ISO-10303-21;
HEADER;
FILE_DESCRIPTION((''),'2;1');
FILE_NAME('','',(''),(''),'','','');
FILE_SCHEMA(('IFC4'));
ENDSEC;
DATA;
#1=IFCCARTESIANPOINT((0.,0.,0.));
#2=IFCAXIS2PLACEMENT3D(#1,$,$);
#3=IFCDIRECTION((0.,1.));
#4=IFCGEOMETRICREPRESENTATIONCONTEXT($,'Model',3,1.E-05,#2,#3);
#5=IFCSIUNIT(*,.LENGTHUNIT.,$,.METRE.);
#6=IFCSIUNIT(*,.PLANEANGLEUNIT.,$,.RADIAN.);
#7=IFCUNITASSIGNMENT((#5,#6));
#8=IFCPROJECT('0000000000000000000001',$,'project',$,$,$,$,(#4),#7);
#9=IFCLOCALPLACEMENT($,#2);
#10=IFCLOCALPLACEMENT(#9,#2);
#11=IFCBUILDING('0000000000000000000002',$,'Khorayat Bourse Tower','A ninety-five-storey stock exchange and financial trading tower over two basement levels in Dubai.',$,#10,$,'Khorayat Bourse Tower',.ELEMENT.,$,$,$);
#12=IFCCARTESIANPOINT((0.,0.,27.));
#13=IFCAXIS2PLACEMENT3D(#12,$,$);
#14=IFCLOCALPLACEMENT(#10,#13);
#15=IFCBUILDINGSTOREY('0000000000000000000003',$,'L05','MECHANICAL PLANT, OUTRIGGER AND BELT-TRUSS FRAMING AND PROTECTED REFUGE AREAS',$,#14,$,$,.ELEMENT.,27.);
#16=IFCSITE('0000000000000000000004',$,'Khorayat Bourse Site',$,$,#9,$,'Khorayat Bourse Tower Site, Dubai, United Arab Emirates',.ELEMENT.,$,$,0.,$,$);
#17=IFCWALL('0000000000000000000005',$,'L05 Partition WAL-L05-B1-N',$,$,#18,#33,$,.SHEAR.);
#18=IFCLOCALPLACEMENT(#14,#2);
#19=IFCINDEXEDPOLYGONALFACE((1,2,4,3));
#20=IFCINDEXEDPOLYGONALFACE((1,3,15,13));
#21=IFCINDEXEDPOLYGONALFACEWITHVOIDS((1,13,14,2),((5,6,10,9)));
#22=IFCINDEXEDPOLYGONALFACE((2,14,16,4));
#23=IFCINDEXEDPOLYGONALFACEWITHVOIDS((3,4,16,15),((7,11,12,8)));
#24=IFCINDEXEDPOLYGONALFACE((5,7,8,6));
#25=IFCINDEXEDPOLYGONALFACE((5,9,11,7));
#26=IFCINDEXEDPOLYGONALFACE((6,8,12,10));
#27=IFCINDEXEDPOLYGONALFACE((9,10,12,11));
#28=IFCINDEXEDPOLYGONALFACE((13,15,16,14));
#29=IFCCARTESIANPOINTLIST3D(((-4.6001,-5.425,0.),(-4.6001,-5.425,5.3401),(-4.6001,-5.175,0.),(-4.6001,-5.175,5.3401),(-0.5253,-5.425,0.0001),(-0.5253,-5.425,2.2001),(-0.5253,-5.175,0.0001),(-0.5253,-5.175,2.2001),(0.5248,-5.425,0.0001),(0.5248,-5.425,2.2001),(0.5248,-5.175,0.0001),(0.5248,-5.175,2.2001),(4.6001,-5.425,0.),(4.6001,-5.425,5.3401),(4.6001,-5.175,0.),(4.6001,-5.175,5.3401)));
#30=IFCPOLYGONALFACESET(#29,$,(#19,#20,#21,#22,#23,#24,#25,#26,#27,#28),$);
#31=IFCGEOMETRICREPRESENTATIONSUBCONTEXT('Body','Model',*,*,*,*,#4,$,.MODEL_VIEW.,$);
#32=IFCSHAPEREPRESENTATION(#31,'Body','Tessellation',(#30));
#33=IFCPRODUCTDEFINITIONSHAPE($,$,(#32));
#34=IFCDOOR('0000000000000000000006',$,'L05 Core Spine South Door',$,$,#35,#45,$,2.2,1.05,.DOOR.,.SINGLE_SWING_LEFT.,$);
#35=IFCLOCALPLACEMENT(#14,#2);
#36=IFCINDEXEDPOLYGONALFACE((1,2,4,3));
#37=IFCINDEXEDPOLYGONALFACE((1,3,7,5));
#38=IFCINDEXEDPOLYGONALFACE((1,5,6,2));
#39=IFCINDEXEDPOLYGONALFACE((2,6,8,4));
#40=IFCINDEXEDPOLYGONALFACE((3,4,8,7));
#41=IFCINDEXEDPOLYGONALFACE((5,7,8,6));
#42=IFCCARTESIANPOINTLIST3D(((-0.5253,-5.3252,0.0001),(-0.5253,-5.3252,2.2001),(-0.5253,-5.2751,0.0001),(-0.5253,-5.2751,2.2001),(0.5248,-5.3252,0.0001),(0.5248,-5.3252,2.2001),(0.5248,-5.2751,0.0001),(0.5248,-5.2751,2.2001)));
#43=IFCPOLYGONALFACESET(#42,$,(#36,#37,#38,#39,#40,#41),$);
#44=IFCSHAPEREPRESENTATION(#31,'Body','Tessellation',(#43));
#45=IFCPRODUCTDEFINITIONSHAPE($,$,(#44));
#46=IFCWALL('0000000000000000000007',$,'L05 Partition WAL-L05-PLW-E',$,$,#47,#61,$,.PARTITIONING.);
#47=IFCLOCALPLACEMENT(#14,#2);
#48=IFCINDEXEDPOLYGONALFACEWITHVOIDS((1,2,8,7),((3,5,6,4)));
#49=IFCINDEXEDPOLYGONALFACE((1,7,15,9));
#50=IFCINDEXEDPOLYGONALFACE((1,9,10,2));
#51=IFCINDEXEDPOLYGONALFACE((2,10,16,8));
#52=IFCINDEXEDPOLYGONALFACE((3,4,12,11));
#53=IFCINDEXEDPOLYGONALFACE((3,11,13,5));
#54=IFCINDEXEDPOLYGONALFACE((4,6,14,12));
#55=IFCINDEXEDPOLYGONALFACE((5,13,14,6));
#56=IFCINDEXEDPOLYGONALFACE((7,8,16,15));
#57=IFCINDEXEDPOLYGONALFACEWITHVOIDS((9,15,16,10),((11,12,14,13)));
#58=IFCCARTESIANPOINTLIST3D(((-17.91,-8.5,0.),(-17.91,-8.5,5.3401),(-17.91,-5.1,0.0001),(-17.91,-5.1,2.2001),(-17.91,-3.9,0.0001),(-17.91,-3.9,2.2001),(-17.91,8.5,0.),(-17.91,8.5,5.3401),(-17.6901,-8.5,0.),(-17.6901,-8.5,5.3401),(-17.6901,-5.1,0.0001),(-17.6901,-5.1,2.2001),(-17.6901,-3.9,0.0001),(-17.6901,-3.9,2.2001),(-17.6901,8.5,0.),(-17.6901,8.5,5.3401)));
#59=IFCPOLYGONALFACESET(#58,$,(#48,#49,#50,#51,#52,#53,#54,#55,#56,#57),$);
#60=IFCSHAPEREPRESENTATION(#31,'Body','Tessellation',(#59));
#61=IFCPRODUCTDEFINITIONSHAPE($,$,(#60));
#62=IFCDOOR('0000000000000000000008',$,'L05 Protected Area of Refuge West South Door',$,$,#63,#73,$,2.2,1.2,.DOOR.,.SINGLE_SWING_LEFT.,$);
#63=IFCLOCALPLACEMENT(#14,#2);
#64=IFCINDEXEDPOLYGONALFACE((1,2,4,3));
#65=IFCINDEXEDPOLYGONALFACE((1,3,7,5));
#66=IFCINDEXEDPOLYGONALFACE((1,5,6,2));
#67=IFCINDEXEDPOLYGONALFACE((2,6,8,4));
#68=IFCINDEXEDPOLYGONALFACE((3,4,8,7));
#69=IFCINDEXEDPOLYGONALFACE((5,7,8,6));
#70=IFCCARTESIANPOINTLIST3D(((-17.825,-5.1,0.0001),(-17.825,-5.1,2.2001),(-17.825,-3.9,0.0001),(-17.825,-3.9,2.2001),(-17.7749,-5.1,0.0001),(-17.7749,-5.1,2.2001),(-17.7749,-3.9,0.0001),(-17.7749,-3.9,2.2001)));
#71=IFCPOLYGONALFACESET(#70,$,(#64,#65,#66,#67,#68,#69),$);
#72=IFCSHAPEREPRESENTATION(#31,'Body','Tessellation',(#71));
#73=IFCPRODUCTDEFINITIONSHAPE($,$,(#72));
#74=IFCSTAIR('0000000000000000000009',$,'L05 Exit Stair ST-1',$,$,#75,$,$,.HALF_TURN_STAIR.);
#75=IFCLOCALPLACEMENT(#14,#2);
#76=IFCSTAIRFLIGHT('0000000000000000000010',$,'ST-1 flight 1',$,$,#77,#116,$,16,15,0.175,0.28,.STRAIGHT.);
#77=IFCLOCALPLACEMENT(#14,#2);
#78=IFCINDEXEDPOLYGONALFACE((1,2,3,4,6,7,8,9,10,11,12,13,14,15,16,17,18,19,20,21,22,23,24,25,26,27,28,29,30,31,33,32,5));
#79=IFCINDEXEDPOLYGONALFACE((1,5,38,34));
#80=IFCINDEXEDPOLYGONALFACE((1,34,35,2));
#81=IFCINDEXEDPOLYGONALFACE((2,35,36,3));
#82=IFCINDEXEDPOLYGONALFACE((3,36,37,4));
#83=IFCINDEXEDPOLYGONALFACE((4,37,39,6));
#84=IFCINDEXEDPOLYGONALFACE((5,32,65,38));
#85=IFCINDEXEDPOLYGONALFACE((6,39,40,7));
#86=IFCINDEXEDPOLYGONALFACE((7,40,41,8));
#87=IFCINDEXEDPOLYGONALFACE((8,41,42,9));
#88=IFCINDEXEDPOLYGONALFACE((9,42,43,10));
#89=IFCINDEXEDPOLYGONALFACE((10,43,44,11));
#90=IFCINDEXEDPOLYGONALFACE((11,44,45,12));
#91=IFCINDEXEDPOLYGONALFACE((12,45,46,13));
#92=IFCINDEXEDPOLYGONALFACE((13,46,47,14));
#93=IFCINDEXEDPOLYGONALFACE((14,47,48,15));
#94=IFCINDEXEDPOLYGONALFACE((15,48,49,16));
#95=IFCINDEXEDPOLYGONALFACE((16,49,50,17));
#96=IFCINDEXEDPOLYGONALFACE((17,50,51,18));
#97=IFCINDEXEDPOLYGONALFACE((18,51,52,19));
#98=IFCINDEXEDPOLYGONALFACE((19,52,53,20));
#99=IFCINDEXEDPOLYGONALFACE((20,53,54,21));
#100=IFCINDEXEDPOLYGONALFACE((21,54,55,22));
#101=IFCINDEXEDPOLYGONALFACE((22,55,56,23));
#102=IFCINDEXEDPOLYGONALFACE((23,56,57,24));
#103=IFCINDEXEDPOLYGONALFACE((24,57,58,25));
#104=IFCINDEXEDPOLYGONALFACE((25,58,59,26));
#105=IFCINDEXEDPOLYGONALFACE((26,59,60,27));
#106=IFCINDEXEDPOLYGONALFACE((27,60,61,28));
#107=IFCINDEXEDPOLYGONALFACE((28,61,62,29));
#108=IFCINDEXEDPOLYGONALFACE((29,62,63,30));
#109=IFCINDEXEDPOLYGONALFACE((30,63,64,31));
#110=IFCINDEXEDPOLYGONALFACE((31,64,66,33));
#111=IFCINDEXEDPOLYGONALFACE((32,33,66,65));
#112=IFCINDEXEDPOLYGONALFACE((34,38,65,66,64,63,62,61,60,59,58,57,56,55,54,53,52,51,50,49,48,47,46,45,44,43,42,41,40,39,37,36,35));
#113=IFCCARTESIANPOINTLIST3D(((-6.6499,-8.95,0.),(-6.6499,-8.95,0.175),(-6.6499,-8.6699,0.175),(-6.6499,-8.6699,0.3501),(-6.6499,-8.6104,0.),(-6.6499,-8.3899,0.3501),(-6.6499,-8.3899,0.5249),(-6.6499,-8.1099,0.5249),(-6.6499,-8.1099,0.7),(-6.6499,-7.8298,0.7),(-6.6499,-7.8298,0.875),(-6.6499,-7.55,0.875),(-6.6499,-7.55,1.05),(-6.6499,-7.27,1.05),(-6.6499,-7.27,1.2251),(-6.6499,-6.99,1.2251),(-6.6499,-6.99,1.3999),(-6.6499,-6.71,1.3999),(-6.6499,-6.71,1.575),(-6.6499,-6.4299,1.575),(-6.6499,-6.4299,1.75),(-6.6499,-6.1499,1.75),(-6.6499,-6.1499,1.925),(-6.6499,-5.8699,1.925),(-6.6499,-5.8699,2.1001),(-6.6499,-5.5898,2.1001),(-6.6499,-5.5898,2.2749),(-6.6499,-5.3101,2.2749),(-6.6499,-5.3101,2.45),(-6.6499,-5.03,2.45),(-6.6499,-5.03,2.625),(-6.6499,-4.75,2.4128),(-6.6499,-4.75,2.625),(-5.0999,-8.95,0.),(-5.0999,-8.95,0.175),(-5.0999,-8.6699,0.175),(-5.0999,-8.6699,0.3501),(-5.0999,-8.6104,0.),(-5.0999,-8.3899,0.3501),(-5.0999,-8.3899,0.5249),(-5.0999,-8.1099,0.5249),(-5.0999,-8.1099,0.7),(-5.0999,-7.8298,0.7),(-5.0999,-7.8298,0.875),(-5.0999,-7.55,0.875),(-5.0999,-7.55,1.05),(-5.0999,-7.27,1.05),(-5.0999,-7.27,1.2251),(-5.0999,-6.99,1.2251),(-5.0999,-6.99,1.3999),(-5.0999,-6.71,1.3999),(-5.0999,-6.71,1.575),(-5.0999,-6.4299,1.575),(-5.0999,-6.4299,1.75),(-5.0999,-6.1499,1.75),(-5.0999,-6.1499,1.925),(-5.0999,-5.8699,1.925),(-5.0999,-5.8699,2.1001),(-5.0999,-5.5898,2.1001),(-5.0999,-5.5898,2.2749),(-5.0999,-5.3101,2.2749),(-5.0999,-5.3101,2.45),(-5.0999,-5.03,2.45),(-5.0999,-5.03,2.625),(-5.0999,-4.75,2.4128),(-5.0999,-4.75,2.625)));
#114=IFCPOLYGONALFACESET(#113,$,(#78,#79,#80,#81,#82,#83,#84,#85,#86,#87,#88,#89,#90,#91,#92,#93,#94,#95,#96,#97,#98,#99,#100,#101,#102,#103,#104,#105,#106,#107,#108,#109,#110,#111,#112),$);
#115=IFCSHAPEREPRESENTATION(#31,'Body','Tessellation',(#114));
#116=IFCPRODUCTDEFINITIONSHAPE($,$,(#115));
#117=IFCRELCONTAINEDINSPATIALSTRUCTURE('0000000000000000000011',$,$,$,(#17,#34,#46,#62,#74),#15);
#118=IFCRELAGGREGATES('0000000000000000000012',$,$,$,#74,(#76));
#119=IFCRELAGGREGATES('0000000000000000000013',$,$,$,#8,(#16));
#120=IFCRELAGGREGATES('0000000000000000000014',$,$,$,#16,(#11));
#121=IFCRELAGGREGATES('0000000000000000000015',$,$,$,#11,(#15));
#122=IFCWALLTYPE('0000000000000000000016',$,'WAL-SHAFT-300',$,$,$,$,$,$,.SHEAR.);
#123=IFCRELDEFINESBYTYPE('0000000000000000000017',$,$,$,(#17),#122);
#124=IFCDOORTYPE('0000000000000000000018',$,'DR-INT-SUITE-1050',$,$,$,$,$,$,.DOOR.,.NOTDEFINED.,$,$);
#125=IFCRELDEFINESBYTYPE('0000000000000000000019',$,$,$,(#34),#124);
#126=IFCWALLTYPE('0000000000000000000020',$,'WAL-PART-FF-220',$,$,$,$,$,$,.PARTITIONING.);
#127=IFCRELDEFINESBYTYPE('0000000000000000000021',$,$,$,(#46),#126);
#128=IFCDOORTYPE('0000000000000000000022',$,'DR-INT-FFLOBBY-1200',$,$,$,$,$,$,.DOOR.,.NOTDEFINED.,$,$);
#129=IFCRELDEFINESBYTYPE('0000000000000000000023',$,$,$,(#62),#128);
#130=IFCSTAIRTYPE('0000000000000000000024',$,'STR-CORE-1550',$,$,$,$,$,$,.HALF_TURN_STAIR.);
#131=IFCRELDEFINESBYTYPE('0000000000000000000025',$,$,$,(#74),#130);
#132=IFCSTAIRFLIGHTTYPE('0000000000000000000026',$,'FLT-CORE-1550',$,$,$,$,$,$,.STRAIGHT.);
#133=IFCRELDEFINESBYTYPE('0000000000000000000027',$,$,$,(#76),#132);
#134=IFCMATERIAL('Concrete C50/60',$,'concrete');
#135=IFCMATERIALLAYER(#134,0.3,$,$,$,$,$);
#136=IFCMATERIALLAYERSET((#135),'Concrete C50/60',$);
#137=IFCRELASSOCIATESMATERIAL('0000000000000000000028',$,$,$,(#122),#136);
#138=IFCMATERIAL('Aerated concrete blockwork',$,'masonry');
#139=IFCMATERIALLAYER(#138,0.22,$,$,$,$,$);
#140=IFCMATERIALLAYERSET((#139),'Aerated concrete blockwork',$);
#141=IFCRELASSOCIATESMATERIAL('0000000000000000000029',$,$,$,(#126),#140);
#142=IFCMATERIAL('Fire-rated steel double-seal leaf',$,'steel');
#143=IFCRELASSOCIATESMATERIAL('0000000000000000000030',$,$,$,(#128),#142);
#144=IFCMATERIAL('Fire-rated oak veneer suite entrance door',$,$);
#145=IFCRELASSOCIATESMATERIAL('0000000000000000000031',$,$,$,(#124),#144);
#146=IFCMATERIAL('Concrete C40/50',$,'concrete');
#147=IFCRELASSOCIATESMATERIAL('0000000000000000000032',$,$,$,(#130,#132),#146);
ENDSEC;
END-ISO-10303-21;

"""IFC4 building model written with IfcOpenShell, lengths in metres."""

from ifc_helpers import new_model, si_unit, direction, frame, frame_2d, origin, place, context, subcontext, project, spatial, polyline, rectangle, outline, extrude, source, transform, mapped, material, layer, layer_set, type_object, element, fill, aggregate, save


model = new_model("IFC4")

# Units and contexts
model_context = context("Model", 3, precision=1e-05, world=origin(), true_north=direction((0.0, 1.0)))
body_context = subcontext(model_context, "Body", "Model", "MODEL_VIEW")
ifc_project = project(units=[si_unit("LENGTHUNIT", "METRE"), si_unit("PLANEANGLEUNIT", "RADIAN")], contexts=[model_context])

# Site, building, storey
site_placement = place(None, origin())
site = spatial("IfcSite", under=ifc_project, at=site_placement, Name="Khorayat Bourse Site", LongName="Khorayat Bourse Tower Site, Dubai, United Arab Emirates", CompositionType="ELEMENT", RefElevation=0.0)
building_placement = place(site_placement, origin())
building = spatial("IfcBuilding", under=site, at=building_placement, Name="Khorayat Bourse Tower", Description="A ninety-five-storey stock exchange and financial trading tower over two basement levels in Dubai.", LongName="Khorayat Bourse Tower", CompositionType="ELEMENT")
storey_placement = place(building_placement, frame((0.0, 0.0, 27.0)))
storey = spatial("IfcBuildingStorey", under=building, at=storey_placement, Name="L05", Description="MECHANICAL PLANT, OUTRIGGER AND BELT-TRUSS FRAMING AND PROTECTED REFUGE AREAS", CompositionType="ELEMENT", Elevation=27.0)

# Shared definitions
ifc_material_1 = material(Name="Concrete C50/60", Category="concrete")
ifc_layer_1 = layer(ifc_material_1, 0.3)
ifc_layer_set_1 = layer_set([ifc_layer_1], Name="Concrete C50/60")
wall_type_1 = type_object("IfcWallType", Name="WAL-SHAFT-300", PredefinedType="SHEAR", material=ifc_layer_set_1)
ifc_material_2 = material(Name="Aerated concrete blockwork", Category="masonry")
ifc_layer_2 = layer(ifc_material_2, 0.22)
ifc_layer_set_2 = layer_set([ifc_layer_2], Name="Aerated concrete blockwork")
wall_type_2 = type_object("IfcWallType", Name="WAL-PART-FF-220", PredefinedType="PARTITIONING", material=ifc_layer_set_2)

# Shared definitions
shared_shape_1 = source(origin(), body_context, "Body", "SweptSolid", [
    extrude(rectangle(XDim=1.2, YDim=2.2, at=frame_2d((0.6001, 1.1001))), frame((0.0, 0.1199, 0.0), z_axis=(0.0, -1.0, 0.0), x_axis=(1.0, 0.0, 0.0)), (0.0, 0.0, 1.0), 0.24),
])
ifc_material_3 = material(Name="Fire-rated steel double-seal leaf", Category="steel")
door_type_1 = type_object("IfcDoorType", Name="DR-INT-FFLOBBY-1200", OperationType="NOTDEFINED", PredefinedType="DOOR", material=ifc_material_3)
shared_shape_2 = source(origin(), body_context, "Body", "SweptSolid", [
    extrude(rectangle(XDim=1.2, YDim=2.2, at=frame_2d((0.6001, 1.1001))), frame((0.0, 0.0249, 0.0), z_axis=(0.0, -1.0, 0.0), x_axis=(1.0, 0.0, 0.0)), (0.0, 0.0, 1.0), 0.05),
])

# Walls, openings, doors
shared_shape_3 = source(origin(), body_context, "Body", "SweptSolid", [
    extrude(rectangle(XDim=9.2002, YDim=0.25, at=frame_2d((4.6001, 0.0))), origin(), (0.0, 0.0, 1.0), 5.3401),
])
wall_1_placement = place(storey_placement, frame((-4.6001, -5.3, 0.0), z_axis=(0.0, 0.0, 1.0), x_axis=(1.0, 0.0, 0.0)))
wall_1 = element("IfcWall", 1, at=wall_1_placement, inside=storey, type_object=wall_type_1, Name="L05 Partition WAL-L05-B1-N", PredefinedType="SHEAR", context=body_context, shape_type="MappedRepresentation", body=[
    mapped(shared_shape_3, transform((0.0, 0.0, 0.0), scale=1.0)),
])
shared_shape_4 = source(origin(), body_context, "Body", "SweptSolid", [
    extrude(rectangle(XDim=1.05, YDim=2.2, at=frame_2d((0.5249, 1.1001))), frame((0.0, 0.135, 0.0), z_axis=(0.0, -1.0, 0.0), x_axis=(1.0, 0.0, 0.0)), (0.0, 0.0, 1.0), 0.27),
])
opening_1_placement = place(wall_1_placement, frame((4.075, 0.0, 0.0)))
opening_1 = element("IfcOpeningElement", 2, at=opening_1_placement, cuts=wall_1, PredefinedType="OPENING", context=body_context, shape_type="MappedRepresentation", body=[
    mapped(shared_shape_4, transform((0.0, 0.0, 0.0), scale=1.0)),
])
ifc_material_4 = material(Name="Fire-rated oak veneer suite entrance door")
door_type_2 = type_object("IfcDoorType", Name="DR-INT-SUITE-1050", OperationType="NOTDEFINED", PredefinedType="DOOR", material=ifc_material_4)
shared_shape_5 = source(origin(), body_context, "Body", "SweptSolid", [
    extrude(rectangle(XDim=1.05, YDim=2.2, at=frame_2d((0.5249, 1.1001))), frame((0.0, 0.0249, 0.0), z_axis=(0.0, -1.0, 0.0), x_axis=(1.0, 0.0, 0.0)), (0.0, 0.0, 1.0), 0.05),
])
door_1_placement = place(opening_1_placement, origin())
door_1 = element("IfcDoor", 3, at=door_1_placement, inside=storey, type_object=door_type_2, Name="L05 Core Spine South Door", OperationType="SINGLE_SWING_LEFT", OverallHeight=2.2, OverallWidth=1.05, PredefinedType="DOOR", context=body_context, shape_type="MappedRepresentation", body=[
    mapped(shared_shape_5, transform((0.0, 0.0, 0.0), scale=1.0)),
])
fill(opening_1, door_1)
shared_shape_6 = source(origin(), body_context, "Body", "SweptSolid", [
    extrude(rectangle(XDim=17.0, YDim=0.22, at=frame_2d((8.5, 0.0))), origin(), (0.0, 0.0, 1.0), 5.3401),
])
wall_2_placement = place(storey_placement, frame((-17.8, -8.5, 0.0), z_axis=(0.0, 0.0, 1.0), x_axis=(0.0, 1.0, 0.0)))
wall_2 = element("IfcWall", 4, at=wall_2_placement, inside=storey, type_object=wall_type_2, Name="L05 Partition WAL-L05-PLW-E", PredefinedType="PARTITIONING", context=body_context, shape_type="MappedRepresentation", body=[
    mapped(shared_shape_6, transform((0.0, 0.0, 0.0), scale=1.0)),
])
opening_2_placement = place(wall_2_placement, frame((3.3999, 0.0, 0.0)))
opening_2 = element("IfcOpeningElement", 5, at=opening_2_placement, cuts=wall_2, PredefinedType="OPENING", context=body_context, shape_type="MappedRepresentation", body=[
    mapped(shared_shape_1, transform((0.0, 0.0, 0.0), scale=1.0)),
])
door_2_placement = place(opening_2_placement, origin())
door_2 = element("IfcDoor", 6, at=door_2_placement, inside=storey, type_object=door_type_1, Name="L05 Protected Area of Refuge West South Door", OperationType="SINGLE_SWING_LEFT", OverallHeight=2.2, OverallWidth=1.2, PredefinedType="DOOR", context=body_context, shape_type="MappedRepresentation", body=[
    mapped(shared_shape_2, transform((0.0, 0.0, 0.0), scale=1.0)),
])
fill(opening_2, door_2)

# Stair, stair flight
ifc_material_5 = material(Name="Concrete C40/50", Category="concrete")
stair_type = type_object("IfcStairType", Name="STR-CORE-1550", PredefinedType="HALF_TURN_STAIR", material=ifc_material_5)
stair_placement = place(storey_placement, origin())
stair = element("IfcStair", 7, at=stair_placement, inside=storey, type_object=stair_type, Name="L05 Exit Stair ST-1", PredefinedType="HALF_TURN_STAIR")
stair_flight_type = type_object("IfcStairFlightType", Name="FLT-CORE-1550", PredefinedType="STRAIGHT", material=ifc_material_5)
shared_shape_7 = source(origin(), body_context, "Body", "SweptSolid", [
    extrude(outline(polyline([(0.0, 0.0), (0.0, 0.175), (0.28, 0.175), (0.28, 0.3501), (0.5601, 0.3501), (0.5601, 0.5249), (0.8401, 0.5249), (0.8401, 0.7), (1.1201, 0.7), (1.1201, 0.875), (1.3999, 0.875), (1.3999, 1.05), (1.6799, 1.05), (1.6799, 1.2251), (1.96, 1.2251), (1.96, 1.3999), (2.24, 1.3999), (2.24, 1.575), (2.52, 1.575), (2.52, 1.75), (2.8, 1.75), (2.8, 1.925), (3.0801, 1.925), (3.0801, 2.1001), (3.3601, 2.1001), (3.3601, 2.2749), (3.6399, 2.2749), (3.6399, 2.45), (3.9199, 2.45), (3.9199, 2.625), (4.2, 2.625), (4.2, 2.8), (4.2, 2.4128), (0.3396, 0.0), (0.0, 0.0)])), frame((0.0, 0.7749, 0.0), z_axis=(0.0, -1.0, 0.0), x_axis=(1.0, 0.0, 0.0)), (0.0, 0.0, 1.0), 1.55),
])
stair_flight_placement = place(storey_placement, frame((-5.875, -8.95, 0.0), z_axis=(0.0, 0.0, 1.0), x_axis=(0.0, 1.0, 0.0)))
stair_flight = element("IfcStairFlight", 8, at=stair_flight_placement, type_object=stair_flight_type, Name="ST-1 flight 1", NumberOfRisers=16, NumberOfTreads=15, PredefinedType="STRAIGHT", RiserHeight=0.175, TreadLength=0.28, context=body_context, shape_type="MappedRepresentation", body=[
    mapped(shared_shape_7, transform((0.0, 0.0, 0.0), scale=1.0)),
])
aggregate(stair, [stair_flight])

save(model, "model.ifc")
